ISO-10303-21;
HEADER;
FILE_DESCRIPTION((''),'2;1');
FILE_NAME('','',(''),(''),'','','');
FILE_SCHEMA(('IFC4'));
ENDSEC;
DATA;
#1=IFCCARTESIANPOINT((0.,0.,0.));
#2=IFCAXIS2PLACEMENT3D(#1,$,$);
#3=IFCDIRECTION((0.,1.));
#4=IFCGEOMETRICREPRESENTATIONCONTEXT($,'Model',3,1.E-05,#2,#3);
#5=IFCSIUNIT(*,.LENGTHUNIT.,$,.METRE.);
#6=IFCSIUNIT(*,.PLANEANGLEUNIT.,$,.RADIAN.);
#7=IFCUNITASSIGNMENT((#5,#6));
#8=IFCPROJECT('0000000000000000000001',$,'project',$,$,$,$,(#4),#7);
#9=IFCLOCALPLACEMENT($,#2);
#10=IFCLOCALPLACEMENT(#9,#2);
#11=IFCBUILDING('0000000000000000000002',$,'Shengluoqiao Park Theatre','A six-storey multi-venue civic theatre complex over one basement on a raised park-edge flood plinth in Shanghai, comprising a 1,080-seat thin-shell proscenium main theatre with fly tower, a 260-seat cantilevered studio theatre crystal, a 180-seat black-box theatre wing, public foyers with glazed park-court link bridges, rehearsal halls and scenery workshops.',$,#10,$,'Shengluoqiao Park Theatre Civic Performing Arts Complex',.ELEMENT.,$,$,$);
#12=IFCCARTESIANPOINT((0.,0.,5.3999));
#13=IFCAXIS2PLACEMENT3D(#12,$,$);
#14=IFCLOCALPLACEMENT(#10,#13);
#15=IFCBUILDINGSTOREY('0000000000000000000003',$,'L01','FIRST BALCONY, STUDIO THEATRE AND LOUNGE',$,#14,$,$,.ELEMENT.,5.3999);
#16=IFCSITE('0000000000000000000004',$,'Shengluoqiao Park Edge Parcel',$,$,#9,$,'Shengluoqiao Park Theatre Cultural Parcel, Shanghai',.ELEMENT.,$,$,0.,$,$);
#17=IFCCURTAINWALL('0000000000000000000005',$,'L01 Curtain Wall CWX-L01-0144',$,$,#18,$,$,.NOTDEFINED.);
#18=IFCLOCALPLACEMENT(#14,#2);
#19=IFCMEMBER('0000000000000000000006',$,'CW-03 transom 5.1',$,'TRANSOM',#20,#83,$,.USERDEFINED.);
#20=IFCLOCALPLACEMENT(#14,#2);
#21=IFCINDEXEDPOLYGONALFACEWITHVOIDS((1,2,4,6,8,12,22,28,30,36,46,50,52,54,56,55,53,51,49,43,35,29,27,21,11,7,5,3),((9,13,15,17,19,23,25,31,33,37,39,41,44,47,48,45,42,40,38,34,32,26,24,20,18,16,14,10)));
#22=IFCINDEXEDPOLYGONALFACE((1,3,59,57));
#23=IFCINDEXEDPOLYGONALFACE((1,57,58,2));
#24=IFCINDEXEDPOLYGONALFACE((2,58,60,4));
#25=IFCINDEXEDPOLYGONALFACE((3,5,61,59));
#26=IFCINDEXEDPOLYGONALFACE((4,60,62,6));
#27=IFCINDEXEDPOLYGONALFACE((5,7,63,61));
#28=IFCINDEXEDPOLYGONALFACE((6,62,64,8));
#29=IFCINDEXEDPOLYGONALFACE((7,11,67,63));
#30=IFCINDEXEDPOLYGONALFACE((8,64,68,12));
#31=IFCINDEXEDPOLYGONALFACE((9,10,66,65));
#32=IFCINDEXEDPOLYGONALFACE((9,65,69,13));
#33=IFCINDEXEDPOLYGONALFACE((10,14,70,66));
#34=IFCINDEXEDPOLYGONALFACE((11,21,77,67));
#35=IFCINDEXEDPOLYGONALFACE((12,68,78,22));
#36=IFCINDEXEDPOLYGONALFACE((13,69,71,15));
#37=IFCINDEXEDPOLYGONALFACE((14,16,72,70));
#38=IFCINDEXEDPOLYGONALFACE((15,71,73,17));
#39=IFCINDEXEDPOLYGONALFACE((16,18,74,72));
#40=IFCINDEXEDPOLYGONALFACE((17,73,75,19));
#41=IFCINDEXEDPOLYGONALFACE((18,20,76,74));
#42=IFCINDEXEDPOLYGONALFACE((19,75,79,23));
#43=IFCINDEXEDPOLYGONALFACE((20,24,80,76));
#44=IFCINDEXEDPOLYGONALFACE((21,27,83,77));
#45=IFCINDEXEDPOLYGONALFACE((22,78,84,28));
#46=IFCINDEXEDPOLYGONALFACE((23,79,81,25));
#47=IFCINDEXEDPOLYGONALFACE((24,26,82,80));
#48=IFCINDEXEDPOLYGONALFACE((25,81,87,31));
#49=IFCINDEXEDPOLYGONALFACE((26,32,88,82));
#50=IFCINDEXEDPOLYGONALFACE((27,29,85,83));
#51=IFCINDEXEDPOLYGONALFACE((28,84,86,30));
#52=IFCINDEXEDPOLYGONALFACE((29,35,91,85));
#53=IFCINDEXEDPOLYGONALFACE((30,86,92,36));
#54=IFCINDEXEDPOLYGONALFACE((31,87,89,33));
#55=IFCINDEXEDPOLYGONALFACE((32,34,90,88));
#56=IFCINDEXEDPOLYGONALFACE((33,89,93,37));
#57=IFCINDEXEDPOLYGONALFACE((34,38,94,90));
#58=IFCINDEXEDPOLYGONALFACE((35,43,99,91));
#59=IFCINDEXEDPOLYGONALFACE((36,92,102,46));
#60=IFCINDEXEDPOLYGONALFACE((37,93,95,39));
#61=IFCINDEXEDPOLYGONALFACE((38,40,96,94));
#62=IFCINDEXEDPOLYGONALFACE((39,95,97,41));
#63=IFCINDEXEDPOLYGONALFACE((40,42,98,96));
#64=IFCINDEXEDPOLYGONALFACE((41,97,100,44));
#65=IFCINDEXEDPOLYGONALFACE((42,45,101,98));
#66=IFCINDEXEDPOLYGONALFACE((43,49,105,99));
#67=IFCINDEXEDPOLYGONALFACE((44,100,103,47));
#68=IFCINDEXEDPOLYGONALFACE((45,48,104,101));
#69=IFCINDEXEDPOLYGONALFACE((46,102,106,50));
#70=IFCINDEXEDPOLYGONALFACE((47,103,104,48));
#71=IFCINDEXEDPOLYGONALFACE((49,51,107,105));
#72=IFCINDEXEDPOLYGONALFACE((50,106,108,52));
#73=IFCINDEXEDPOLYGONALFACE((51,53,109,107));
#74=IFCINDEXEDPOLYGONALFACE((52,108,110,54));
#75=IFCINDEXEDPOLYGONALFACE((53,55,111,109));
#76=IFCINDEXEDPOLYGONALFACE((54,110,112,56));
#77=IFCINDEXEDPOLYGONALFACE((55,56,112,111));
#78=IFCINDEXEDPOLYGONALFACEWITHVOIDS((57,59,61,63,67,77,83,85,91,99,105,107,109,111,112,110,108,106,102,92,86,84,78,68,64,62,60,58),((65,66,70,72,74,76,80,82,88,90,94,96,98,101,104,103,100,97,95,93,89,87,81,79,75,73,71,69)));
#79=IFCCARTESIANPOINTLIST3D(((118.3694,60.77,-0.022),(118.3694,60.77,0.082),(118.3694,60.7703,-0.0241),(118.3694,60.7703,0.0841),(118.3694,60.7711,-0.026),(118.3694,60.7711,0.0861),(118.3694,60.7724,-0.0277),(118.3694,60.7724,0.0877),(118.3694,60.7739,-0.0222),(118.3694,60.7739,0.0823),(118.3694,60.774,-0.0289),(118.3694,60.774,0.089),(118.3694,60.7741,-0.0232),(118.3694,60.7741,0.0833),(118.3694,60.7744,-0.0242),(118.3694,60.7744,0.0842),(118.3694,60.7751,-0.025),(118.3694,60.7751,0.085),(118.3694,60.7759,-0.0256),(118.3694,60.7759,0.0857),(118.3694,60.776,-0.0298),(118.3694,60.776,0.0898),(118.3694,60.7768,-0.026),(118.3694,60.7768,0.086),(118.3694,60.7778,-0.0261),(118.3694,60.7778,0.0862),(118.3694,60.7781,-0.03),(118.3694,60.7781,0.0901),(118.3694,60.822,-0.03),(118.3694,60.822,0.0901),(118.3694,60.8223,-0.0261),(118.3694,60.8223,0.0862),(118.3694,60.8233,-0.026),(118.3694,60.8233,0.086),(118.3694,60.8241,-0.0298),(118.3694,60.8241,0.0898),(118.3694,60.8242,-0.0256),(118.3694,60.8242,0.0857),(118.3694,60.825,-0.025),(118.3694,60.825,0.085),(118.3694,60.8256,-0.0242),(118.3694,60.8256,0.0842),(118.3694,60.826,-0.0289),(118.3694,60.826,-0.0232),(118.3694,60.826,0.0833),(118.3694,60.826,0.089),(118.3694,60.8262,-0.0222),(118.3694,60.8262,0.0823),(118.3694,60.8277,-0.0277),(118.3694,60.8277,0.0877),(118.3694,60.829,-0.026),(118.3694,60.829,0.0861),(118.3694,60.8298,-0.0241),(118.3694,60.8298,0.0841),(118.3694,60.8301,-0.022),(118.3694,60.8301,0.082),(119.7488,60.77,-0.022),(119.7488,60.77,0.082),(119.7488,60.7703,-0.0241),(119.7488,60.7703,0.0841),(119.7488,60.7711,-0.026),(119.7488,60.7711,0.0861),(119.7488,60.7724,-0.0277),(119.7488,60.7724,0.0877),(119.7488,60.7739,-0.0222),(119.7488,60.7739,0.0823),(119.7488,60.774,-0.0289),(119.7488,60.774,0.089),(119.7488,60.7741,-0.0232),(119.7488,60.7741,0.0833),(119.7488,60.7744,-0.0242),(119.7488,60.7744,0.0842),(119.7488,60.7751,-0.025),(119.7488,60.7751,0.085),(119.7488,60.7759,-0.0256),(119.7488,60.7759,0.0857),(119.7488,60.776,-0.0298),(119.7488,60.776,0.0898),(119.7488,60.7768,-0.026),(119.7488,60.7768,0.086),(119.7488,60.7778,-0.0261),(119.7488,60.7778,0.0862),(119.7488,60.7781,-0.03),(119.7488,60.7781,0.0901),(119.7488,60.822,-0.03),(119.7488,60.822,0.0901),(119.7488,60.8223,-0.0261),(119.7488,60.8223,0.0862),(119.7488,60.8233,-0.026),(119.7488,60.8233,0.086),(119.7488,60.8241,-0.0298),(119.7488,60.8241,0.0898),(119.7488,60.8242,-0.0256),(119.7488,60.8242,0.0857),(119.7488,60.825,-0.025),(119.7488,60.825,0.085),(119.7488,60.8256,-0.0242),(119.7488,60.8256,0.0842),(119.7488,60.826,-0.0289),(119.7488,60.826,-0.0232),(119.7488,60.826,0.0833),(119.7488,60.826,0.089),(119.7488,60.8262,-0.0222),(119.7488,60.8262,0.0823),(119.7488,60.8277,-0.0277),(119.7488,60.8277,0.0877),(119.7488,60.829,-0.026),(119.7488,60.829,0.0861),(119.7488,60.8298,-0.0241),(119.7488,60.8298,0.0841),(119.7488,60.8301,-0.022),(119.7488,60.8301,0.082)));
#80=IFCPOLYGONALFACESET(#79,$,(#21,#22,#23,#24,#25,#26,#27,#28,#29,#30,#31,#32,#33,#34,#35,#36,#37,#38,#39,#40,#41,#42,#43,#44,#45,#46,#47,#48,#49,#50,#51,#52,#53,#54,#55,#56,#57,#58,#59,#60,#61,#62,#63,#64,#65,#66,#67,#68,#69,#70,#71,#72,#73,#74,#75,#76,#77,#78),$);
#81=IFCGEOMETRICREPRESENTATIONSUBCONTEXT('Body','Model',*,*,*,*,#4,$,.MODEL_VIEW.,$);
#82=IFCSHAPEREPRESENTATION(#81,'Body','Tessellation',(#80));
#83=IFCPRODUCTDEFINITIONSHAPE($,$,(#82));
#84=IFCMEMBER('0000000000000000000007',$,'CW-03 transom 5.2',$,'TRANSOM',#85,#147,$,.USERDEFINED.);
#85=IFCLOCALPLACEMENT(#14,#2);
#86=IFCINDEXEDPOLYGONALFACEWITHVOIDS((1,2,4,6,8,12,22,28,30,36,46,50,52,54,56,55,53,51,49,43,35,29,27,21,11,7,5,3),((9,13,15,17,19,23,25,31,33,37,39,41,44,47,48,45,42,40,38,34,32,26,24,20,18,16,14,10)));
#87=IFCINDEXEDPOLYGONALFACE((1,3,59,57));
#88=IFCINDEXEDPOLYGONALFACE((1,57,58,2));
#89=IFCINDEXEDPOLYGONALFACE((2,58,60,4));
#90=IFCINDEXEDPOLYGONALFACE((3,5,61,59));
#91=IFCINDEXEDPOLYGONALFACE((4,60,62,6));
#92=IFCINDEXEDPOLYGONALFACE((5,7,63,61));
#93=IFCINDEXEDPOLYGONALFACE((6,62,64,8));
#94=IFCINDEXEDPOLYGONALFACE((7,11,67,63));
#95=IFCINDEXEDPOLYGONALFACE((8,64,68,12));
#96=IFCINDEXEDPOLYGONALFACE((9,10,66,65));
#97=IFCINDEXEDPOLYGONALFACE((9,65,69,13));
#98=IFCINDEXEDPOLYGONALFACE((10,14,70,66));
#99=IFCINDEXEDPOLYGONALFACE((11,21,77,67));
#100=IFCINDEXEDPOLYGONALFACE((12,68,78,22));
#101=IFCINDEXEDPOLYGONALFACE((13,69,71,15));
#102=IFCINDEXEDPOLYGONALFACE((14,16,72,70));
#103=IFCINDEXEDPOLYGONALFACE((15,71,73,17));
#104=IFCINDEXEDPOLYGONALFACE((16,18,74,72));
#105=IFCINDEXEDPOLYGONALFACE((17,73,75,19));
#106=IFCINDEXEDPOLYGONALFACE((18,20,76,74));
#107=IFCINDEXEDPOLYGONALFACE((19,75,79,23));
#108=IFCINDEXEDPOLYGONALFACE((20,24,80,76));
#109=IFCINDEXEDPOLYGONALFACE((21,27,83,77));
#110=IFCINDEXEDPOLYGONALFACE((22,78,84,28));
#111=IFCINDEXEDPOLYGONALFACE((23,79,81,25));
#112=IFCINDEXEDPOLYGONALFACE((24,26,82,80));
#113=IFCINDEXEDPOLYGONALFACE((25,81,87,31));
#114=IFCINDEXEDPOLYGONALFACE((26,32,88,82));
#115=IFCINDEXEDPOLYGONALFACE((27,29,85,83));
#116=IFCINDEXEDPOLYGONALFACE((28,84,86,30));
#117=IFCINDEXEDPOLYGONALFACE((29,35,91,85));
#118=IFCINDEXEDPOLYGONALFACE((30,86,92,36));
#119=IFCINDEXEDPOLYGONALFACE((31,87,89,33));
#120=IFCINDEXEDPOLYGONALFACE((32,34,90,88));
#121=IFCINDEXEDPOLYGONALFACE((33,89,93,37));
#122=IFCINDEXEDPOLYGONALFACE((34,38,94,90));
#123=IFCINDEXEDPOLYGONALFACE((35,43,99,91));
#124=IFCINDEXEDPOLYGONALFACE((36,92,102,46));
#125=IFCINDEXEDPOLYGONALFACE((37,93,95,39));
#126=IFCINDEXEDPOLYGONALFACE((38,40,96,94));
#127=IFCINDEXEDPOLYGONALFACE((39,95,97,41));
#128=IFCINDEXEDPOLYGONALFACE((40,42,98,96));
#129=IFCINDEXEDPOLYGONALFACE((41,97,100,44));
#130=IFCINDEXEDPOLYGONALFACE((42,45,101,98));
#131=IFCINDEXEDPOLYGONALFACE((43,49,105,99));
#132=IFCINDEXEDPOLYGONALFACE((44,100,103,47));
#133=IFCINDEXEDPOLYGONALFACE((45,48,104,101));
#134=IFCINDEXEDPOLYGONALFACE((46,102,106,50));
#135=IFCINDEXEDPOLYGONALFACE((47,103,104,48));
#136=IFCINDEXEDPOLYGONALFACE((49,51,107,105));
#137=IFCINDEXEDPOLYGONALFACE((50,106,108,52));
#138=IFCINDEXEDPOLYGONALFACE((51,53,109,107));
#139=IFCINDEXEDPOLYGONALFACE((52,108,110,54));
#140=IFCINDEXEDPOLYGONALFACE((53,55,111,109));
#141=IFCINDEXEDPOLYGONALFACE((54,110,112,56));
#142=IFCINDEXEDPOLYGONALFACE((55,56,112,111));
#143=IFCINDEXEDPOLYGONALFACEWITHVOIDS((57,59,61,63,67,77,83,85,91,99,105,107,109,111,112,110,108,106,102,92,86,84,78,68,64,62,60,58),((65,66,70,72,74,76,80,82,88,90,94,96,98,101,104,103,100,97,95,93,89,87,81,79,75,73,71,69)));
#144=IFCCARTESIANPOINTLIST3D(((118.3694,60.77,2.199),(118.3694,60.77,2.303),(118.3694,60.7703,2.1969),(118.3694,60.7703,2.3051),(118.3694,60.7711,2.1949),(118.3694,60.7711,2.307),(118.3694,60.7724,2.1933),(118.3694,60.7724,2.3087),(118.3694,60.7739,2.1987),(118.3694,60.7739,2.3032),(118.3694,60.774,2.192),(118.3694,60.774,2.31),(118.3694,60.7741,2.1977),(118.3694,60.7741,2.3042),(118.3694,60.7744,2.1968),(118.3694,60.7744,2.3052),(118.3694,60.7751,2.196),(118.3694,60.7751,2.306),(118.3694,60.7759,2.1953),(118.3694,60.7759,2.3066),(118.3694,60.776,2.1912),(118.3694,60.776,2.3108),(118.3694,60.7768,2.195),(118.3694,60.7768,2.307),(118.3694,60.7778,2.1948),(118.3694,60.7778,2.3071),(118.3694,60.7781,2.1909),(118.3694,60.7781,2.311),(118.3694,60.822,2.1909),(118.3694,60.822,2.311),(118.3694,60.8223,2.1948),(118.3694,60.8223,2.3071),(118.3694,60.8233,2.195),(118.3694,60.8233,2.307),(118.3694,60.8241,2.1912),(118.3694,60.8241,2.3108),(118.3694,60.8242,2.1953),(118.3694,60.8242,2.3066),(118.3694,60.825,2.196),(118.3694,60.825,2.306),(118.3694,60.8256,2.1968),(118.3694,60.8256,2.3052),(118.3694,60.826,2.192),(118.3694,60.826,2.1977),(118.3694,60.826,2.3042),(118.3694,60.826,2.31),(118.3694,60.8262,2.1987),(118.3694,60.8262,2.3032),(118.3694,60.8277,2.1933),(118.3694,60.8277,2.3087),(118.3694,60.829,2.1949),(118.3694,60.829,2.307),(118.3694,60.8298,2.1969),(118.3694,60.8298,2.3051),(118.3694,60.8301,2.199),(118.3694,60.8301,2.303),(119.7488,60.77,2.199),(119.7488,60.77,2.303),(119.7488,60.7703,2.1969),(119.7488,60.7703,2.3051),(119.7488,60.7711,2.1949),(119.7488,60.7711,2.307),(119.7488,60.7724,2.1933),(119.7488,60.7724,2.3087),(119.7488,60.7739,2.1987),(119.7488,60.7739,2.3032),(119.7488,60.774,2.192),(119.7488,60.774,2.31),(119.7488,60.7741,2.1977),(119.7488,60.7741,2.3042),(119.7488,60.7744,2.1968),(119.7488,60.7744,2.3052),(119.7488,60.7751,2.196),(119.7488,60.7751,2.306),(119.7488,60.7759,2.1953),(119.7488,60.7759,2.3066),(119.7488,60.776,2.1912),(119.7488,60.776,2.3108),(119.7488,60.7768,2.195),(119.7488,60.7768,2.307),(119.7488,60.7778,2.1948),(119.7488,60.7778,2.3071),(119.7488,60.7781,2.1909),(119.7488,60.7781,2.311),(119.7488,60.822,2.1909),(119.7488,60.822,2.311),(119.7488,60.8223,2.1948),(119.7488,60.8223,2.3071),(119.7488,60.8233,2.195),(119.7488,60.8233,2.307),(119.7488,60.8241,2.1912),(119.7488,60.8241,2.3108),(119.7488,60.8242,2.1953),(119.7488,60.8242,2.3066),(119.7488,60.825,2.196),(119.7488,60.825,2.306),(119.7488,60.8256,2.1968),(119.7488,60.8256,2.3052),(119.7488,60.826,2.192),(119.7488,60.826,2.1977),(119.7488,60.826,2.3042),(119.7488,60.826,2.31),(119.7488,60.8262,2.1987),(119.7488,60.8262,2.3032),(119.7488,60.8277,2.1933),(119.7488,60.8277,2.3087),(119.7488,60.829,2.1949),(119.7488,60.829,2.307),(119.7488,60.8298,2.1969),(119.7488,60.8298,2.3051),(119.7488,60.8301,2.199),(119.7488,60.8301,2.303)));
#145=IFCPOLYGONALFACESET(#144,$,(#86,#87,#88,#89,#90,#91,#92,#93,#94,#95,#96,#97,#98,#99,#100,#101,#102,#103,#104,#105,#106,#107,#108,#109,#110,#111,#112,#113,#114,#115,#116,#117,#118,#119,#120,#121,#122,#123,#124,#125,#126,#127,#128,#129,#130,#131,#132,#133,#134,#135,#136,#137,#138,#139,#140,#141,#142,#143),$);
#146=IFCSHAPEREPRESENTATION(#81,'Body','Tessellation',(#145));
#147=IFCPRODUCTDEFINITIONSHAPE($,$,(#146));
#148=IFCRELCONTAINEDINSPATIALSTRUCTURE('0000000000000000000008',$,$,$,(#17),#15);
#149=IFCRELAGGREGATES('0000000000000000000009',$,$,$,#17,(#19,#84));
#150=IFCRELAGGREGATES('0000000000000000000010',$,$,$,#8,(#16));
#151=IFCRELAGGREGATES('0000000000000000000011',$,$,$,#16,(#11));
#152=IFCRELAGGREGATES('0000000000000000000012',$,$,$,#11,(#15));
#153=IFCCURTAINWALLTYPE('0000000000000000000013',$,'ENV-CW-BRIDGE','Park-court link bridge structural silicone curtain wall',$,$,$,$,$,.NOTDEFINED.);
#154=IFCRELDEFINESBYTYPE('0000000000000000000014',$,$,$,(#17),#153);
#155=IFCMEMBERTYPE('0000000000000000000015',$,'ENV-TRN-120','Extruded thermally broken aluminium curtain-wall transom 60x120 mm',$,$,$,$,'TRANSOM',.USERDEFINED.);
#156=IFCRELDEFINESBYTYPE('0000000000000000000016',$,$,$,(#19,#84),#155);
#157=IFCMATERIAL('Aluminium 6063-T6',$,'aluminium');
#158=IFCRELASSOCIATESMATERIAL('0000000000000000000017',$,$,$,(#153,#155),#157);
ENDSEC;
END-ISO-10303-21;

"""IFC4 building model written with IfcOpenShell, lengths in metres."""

from ifc_helpers import new_model, si_unit, direction, frame, origin, origin_2d, place, context, subcontext, project, spatial, hollow_rectangle, extrude, material, material_profile, profile_set, type_object, element, aggregate, save


model = new_model("IFC4")

# Units and contexts
model_context = context("Model", 3, precision=1e-05, world=origin(), true_north=direction((0.0, 1.0)))
body_context = subcontext(model_context, "Body", "Model", "MODEL_VIEW")
ifc_project = project(units=[si_unit("LENGTHUNIT", "METRE"), si_unit("PLANEANGLEUNIT", "RADIAN")], contexts=[model_context])

# Site, building, storey
site_placement = place(None, origin())
site = spatial("IfcSite", under=ifc_project, at=site_placement, Name="Shengluoqiao Park Edge Parcel", LongName="Shengluoqiao Park Theatre Cultural Parcel, Shanghai", CompositionType="ELEMENT", RefElevation=0.0)
building_placement = place(site_placement, origin())
building = spatial("IfcBuilding", under=site, at=building_placement, Name="Shengluoqiao Park Theatre", Description="A six-storey multi-venue civic theatre complex over one basement on a raised park-edge flood plinth in Shanghai, comprising a 1,080-seat thin-shell proscenium main theatre with fly tower, a 260-seat cantilevered studio theatre crystal, a 180-seat black-box theatre wing, public foyers with glazed park-court link bridges, rehearsal halls and scenery workshops.", LongName="Shengluoqiao Park Theatre Civic Performing Arts Complex", CompositionType="ELEMENT")
storey_placement = place(building_placement, frame((0.0, 0.0, 5.3999)))
storey = spatial("IfcBuildingStorey", under=building, at=storey_placement, Name="L01", Description="FIRST BALCONY, STUDIO THEATRE AND LOUNGE", CompositionType="ELEMENT", Elevation=5.3999)

# Curtain wall
ifc_material_1 = material(Name="Aluminium 6063-T6", Category="aluminium")
curtain_wall_type = type_object("IfcCurtainWallType", Name="ENV-CW-BRIDGE", Description="Park-court link bridge structural silicone curtain wall", PredefinedType="NOTDEFINED", material=ifc_material_1)
curtain_wall_1_placement = place(storey_placement, origin())
curtain_wall_1 = element("IfcCurtainWall", 1, at=curtain_wall_1_placement, inside=storey, type_object=curtain_wall_type, Name="L01 Curtain Wall CWX-L01-0144", PredefinedType="NOTDEFINED")

# Members
ifc_material_profile_1 = material_profile(ifc_material_1, hollow_rectangle(XDim=0.0601, YDim=0.1201, WallThickness=0.0039, InnerFilletRadius=0.0039, OuterFilletRadius=0.0081, at=origin_2d()), Name="ALU TRANSOM 120x60x4")
ifc_profile_set_1 = profile_set([ifc_material_profile_1], Name="Aluminium 6063-T6")
member_type_1 = type_object("IfcMemberType", Name="ENV-TRN-120", Description="Extruded thermally broken aluminium curtain-wall transom 60x120 mm", ElementType="TRANSOM", PredefinedType="USERDEFINED", material=ifc_profile_set_1)
member_1_placement = place(storey_placement, frame((118.3694, 60.8, 0.03), z_axis=(1.0, 0.0, 0.0), x_axis=(0.0, 1.0, 0.0)))
member_1 = element("IfcMember", 2, at=member_1_placement, type_object=member_type_1, Name="CW-03 transom 5.1", ObjectType="TRANSOM", PredefinedType="USERDEFINED", context=body_context, shape_type="SweptSolid", body=[
    extrude(hollow_rectangle(XDim=0.0601, YDim=0.1201, WallThickness=0.0039, InnerFilletRadius=0.0039, OuterFilletRadius=0.0081, at=origin_2d()), origin(), (0.0, 0.0, 1.0), 1.3794),
])
member_2_placement = place(storey_placement, frame((118.3694, 60.8, 2.251), z_axis=(1.0, 0.0, 0.0), x_axis=(0.0, 1.0, 0.0)))
member_2 = element("IfcMember", 3, at=member_2_placement, type_object=member_type_1, Name="CW-03 transom 5.2", ObjectType="TRANSOM", PredefinedType="USERDEFINED", context=body_context, shape_type="SweptSolid", body=[
    extrude(hollow_rectangle(XDim=0.0601, YDim=0.1201, WallThickness=0.0039, InnerFilletRadius=0.0039, OuterFilletRadius=0.0081, at=origin_2d()), origin(), (0.0, 0.0, 1.0), 1.3794),
])

aggregate(curtain_wall_1, [member_1, member_2])

save(model, "model.ifc")
